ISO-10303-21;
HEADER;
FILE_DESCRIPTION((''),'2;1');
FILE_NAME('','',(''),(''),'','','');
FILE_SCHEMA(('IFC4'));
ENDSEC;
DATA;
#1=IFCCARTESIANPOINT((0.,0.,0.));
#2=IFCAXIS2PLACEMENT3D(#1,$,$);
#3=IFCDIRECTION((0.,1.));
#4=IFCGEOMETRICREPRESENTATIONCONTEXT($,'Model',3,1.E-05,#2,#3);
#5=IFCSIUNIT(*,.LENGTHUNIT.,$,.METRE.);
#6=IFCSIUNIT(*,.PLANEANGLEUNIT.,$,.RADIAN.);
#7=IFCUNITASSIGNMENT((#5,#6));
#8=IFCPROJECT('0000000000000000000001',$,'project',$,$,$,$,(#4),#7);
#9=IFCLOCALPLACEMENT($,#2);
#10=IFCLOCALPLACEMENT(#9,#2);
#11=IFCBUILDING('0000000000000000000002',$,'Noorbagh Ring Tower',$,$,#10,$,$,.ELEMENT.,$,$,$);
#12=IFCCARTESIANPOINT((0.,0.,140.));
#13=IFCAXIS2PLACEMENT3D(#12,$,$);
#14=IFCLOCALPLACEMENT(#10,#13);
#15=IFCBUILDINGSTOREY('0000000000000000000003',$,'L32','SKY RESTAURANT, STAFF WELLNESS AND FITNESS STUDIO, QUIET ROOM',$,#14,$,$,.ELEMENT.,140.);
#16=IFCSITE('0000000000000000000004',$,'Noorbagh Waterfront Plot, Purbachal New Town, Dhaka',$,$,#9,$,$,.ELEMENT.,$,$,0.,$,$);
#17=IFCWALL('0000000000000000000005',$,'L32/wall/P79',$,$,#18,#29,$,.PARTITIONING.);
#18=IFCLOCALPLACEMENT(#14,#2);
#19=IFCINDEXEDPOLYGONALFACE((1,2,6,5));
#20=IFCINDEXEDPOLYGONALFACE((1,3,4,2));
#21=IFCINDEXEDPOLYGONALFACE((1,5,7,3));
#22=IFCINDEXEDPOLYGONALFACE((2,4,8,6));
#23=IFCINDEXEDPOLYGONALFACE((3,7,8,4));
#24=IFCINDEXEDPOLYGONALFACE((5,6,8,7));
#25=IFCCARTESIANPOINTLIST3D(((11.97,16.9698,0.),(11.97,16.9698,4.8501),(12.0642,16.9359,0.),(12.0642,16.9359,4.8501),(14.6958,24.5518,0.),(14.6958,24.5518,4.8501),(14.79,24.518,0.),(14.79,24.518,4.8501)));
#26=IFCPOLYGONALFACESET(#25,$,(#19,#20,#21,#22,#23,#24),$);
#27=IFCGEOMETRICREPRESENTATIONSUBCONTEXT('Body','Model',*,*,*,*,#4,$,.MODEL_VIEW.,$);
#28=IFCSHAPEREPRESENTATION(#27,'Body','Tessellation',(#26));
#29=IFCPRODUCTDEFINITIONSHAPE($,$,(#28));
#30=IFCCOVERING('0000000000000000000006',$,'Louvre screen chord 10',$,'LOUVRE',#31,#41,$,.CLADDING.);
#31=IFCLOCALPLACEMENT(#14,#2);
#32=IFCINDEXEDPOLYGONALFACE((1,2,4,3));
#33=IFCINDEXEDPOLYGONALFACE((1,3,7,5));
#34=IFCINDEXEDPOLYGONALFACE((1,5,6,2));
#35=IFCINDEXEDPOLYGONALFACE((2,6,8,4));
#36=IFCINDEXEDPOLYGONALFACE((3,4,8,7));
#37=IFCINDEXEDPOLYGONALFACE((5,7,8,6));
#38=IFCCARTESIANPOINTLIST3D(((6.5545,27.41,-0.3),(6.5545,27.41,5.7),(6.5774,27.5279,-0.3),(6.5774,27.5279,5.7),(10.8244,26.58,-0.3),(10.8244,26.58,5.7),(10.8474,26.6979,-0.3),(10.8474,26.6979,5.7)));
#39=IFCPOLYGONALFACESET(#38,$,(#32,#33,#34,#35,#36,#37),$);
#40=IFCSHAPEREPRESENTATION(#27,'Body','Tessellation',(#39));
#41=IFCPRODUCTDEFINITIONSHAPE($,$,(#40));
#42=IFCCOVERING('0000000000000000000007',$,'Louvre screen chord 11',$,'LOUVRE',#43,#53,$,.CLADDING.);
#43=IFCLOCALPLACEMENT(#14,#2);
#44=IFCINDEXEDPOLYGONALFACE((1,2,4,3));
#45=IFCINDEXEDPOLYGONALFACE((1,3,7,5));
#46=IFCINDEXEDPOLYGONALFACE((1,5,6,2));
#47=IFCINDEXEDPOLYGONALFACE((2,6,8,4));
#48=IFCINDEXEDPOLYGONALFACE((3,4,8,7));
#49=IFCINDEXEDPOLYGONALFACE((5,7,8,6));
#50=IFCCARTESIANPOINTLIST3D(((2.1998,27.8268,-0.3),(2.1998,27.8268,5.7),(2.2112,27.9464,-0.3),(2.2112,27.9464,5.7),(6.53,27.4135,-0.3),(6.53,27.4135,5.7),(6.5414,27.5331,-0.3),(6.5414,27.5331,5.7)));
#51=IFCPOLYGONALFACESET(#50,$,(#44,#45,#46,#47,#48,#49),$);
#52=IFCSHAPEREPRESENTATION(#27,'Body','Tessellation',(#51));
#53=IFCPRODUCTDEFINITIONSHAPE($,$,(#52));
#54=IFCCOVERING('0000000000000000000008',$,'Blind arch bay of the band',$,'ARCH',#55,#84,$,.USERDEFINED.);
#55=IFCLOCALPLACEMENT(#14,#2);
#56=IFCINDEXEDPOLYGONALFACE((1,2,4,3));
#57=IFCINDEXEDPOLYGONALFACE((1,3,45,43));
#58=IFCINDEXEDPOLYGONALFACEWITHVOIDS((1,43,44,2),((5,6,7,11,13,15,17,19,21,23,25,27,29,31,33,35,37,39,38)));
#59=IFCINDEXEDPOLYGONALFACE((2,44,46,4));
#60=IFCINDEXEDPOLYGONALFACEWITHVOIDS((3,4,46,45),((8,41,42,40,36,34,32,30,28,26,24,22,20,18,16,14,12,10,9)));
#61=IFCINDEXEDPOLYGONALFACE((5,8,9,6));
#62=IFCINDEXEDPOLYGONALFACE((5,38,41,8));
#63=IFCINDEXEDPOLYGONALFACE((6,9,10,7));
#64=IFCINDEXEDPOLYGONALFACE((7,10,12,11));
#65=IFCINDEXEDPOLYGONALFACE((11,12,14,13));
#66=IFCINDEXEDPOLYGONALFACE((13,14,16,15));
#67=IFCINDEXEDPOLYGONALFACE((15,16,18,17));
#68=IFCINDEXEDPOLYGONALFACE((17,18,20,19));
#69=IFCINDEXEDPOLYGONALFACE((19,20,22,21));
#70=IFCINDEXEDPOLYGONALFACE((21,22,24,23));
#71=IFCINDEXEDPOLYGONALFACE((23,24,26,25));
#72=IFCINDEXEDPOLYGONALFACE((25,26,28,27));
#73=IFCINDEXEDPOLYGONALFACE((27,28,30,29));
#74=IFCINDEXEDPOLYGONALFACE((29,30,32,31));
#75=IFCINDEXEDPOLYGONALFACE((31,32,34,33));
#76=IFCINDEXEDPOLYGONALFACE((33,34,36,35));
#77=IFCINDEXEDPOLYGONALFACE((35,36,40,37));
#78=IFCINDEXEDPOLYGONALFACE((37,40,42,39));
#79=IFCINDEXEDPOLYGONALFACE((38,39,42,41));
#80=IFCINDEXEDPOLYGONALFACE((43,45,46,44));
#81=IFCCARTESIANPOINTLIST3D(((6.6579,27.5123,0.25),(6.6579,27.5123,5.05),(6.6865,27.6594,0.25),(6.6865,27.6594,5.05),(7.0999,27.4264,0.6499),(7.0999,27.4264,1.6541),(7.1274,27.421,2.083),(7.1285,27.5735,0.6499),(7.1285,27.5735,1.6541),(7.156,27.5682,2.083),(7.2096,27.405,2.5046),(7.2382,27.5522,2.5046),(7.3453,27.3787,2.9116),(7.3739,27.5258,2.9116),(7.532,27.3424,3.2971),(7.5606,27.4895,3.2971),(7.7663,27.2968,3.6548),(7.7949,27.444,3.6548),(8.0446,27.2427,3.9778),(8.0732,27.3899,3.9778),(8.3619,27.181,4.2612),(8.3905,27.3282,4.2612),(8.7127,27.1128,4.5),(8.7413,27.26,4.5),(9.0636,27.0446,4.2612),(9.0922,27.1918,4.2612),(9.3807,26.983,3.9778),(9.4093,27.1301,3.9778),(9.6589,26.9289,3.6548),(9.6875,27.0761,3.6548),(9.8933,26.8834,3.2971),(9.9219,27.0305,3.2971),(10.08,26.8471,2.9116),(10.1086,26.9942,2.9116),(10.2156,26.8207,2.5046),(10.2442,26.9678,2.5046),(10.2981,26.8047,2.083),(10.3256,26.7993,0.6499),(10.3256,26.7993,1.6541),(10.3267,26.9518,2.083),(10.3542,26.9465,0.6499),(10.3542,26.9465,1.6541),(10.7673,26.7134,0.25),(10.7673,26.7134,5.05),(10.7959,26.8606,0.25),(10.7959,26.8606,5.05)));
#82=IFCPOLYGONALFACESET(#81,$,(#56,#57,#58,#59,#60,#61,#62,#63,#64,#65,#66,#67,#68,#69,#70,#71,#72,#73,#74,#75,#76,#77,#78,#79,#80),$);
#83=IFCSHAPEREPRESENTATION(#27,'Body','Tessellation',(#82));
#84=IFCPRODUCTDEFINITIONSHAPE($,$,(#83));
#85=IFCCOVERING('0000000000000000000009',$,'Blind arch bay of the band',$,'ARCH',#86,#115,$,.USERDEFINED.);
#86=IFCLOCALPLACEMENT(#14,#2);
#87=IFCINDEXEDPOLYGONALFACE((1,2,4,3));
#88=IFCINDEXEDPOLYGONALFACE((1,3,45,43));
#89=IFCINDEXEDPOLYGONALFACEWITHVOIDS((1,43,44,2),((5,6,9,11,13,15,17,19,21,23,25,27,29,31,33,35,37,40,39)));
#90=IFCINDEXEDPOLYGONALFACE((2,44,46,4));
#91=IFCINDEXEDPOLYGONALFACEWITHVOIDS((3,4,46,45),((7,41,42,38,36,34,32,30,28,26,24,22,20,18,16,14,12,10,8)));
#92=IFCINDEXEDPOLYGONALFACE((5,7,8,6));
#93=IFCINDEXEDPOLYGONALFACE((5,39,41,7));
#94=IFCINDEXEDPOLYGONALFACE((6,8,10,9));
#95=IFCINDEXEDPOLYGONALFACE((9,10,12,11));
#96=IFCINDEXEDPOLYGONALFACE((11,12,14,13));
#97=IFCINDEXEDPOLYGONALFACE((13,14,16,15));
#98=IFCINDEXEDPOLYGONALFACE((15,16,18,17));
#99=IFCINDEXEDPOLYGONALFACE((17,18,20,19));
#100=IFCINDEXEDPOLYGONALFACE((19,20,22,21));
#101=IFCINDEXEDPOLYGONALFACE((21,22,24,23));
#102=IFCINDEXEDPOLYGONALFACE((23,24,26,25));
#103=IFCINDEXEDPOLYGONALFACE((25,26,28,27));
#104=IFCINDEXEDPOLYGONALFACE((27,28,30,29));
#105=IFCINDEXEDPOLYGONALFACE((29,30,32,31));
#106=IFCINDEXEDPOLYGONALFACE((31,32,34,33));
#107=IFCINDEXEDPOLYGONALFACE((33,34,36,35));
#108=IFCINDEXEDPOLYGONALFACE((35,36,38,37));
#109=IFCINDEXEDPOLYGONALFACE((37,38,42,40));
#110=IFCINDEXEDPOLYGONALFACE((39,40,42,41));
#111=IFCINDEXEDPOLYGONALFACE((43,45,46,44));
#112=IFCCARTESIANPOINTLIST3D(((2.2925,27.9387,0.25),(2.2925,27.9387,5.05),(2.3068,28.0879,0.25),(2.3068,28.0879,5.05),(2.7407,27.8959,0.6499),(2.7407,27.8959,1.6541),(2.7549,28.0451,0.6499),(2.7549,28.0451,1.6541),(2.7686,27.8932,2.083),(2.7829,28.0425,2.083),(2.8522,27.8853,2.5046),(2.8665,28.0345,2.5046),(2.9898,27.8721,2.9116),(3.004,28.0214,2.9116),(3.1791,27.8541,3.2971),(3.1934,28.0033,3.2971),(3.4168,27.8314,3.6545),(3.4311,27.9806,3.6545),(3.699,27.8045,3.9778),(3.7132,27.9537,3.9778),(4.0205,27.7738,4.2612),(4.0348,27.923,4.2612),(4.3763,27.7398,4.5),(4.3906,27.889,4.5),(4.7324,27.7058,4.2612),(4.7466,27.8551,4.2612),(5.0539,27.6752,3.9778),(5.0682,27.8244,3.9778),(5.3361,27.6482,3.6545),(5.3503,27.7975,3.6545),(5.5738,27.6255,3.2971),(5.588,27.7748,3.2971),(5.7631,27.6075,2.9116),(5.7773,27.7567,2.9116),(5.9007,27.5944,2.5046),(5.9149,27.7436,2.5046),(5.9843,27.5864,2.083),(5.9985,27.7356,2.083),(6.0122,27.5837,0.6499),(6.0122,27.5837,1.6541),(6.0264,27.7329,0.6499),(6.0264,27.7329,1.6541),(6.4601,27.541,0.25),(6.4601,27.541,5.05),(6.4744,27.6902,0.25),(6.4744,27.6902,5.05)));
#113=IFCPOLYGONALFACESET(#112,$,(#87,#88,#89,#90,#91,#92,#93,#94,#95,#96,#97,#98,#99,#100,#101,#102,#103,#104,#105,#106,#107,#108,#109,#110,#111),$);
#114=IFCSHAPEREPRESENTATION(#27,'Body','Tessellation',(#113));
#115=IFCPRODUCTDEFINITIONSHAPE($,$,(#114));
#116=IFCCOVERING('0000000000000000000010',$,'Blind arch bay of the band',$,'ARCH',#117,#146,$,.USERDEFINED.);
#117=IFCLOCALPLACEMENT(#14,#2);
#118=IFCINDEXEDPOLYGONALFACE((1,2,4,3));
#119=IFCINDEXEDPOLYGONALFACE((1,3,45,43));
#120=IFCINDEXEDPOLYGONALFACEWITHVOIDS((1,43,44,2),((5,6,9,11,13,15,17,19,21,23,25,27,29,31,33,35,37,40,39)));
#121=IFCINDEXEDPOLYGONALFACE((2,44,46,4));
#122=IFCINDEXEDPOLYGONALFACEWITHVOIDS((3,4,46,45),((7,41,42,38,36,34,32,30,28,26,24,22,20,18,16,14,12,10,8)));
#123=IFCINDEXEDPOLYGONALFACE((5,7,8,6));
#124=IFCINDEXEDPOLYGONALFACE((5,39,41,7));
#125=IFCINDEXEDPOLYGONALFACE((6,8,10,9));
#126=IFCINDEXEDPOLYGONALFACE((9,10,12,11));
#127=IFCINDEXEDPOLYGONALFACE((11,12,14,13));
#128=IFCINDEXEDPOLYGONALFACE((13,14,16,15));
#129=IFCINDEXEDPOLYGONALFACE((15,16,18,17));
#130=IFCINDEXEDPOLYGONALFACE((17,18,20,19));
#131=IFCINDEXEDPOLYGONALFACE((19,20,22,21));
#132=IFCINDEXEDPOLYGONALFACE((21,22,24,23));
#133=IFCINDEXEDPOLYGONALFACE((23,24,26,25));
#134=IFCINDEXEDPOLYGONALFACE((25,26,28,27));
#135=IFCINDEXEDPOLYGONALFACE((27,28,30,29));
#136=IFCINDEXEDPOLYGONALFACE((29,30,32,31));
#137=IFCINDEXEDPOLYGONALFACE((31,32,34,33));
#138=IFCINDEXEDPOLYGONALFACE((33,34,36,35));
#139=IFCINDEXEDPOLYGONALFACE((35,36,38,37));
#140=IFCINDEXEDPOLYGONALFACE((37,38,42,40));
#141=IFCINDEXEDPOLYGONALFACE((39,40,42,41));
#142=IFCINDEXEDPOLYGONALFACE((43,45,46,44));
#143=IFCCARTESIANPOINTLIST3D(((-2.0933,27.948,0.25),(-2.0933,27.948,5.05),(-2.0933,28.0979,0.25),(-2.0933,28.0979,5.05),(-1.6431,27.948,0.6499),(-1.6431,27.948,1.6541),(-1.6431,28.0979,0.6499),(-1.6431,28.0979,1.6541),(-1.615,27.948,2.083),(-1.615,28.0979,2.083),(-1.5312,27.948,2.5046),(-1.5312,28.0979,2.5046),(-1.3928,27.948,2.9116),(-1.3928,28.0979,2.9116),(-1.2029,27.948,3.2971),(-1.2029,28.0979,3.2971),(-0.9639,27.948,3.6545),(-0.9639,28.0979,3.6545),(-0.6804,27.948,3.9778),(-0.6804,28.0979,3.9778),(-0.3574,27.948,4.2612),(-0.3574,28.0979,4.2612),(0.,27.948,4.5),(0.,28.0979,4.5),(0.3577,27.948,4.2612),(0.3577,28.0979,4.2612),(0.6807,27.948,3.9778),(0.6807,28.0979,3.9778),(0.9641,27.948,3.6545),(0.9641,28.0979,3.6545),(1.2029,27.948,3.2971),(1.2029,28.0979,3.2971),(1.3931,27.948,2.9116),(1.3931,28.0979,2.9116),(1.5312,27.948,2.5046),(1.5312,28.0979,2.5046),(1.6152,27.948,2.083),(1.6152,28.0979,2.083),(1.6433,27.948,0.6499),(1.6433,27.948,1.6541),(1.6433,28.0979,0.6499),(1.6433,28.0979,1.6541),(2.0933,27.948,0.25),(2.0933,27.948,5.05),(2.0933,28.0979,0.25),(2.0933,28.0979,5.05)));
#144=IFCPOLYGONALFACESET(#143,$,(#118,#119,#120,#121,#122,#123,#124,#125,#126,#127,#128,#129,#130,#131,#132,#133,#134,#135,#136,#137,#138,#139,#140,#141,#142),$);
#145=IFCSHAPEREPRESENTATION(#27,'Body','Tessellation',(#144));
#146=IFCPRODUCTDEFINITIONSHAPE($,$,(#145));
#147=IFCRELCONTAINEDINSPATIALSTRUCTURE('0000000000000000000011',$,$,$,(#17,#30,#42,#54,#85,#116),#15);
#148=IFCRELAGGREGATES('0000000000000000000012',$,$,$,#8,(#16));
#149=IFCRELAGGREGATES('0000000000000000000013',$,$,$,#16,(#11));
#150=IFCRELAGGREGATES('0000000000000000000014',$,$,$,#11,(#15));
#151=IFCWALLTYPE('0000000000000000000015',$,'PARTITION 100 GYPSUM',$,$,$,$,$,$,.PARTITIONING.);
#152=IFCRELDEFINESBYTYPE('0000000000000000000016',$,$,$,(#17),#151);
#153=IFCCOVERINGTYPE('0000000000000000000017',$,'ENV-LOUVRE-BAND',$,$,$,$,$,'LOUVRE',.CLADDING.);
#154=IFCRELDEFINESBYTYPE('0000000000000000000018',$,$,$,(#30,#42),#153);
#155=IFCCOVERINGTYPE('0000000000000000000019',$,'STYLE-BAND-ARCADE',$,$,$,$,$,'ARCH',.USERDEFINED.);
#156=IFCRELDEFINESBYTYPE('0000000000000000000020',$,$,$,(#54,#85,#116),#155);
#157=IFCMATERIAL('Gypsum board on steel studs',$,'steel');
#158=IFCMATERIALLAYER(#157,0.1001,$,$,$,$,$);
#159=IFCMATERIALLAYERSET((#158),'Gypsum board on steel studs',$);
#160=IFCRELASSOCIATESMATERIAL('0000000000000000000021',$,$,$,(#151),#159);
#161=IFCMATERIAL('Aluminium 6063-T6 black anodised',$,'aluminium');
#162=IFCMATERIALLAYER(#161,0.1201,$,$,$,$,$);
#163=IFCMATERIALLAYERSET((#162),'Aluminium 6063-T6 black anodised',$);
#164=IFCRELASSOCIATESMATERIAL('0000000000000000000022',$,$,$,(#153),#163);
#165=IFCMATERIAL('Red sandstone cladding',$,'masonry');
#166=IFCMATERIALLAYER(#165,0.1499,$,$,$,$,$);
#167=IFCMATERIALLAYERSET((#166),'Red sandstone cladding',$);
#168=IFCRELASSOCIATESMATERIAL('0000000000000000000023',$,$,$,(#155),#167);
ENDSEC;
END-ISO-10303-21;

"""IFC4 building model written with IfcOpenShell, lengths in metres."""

from ifc_helpers import new_model, si_unit, direction, frame, frame_2d, origin, origin_2d, place, context, subcontext, project, spatial, polyline, rectangle, outline, extrude, material, layer, layer_set, type_object, element, save


model = new_model("IFC4")

# Units and contexts
model_context = context("Model", 3, precision=1e-05, world=origin(), true_north=direction((0.0, 1.0)))
body_context = subcontext(model_context, "Body", "Model", "MODEL_VIEW")
ifc_project = project(units=[si_unit("LENGTHUNIT", "METRE"), si_unit("PLANEANGLEUNIT", "RADIAN")], contexts=[model_context])

# Site, building, storey
site_placement = place(None, origin())
site = spatial("IfcSite", under=ifc_project, at=site_placement, Name="Noorbagh Waterfront Plot, Purbachal New Town, Dhaka", CompositionType="ELEMENT", RefElevation=0.0)
building_placement = place(site_placement, origin())
building = spatial("IfcBuilding", under=site, at=building_placement, Name="Noorbagh Ring Tower", CompositionType="ELEMENT")
storey_placement = place(building_placement, frame((0.0, 0.0, 140.0)))
storey = spatial("IfcBuildingStorey", under=building, at=storey_placement, Name="L32", Description="SKY RESTAURANT, STAFF WELLNESS AND FITNESS STUDIO, QUIET ROOM", CompositionType="ELEMENT", Elevation=140.0)

# Wall
ifc_material_1 = material(Name="Gypsum board on steel studs", Category="steel")
ifc_layer_1 = layer(ifc_material_1, 0.1001)
ifc_layer_set_1 = layer_set([ifc_layer_1], Name="Gypsum board on steel studs")
wall_type_1 = type_object("IfcWallType", Name="PARTITION 100 GYPSUM", PredefinedType="PARTITIONING", material=ifc_layer_set_1)
wall_1_placement = place(storey_placement, frame((12.0171, 16.9529, 0.0), z_axis=(0.0, 0.0, 1.0), x_axis=(0.338313, 0.941034, 0.0)))
element("IfcWall", 1, at=wall_1_placement, inside=storey, type_object=wall_type_1, Name="L32/wall/P79", PredefinedType="PARTITIONING", context=body_context, shape_type="SweptSolid", body=[
    extrude(rectangle(XDim=8.0571, YDim=0.1001, at=frame_2d((4.0286, 0.0))), origin(), (0.0, 0.0, 1.0), 4.8501),
])

# Coverings
ifc_material_2 = material(Name="Aluminium 6063-T6 black anodised", Category="aluminium")
ifc_layer_2 = layer(ifc_material_2, 0.1201)
ifc_layer_set_2 = layer_set([ifc_layer_2], Name="Aluminium 6063-T6 black anodised")
covering_type_1 = type_object("IfcCoveringType", Name="ENV-LOUVRE-BAND", ElementType="LOUVRE", PredefinedType="CLADDING", material=ifc_layer_set_2)
for number, where, z_axis, x_axis, name in (
    (2, (8.7009, 27.054, -0.3), (0.0, 0.0, 1.0), (-0.981625, 0.19082, 0.0), "Louvre screen chord 10"),
    (3, (4.3706, 27.6799, -0.3), (0.0, 0.0, 1.0), (-0.995476, 0.095008, 0.0), "Louvre screen chord 11"),
):
    element("IfcCovering", number, at=place(storey_placement, frame(where, z_axis=z_axis, x_axis=x_axis)), inside=storey, type_object=covering_type_1, Name=name, ObjectType="LOUVRE", PredefinedType="CLADDING", context=body_context, shape_type="SweptSolid", body=[
        extrude(rectangle(XDim=4.3499, YDim=0.1201, at=origin_2d()), origin(), (0.0, 0.0, 1.0), 6.0),
    ])
ifc_material_3 = material(Name="Red sandstone cladding", Category="masonry")
ifc_layer_3 = layer(ifc_material_3, 0.1499)
ifc_layer_set_3 = layer_set([ifc_layer_3], Name="Red sandstone cladding")
covering_type_2 = type_object("IfcCoveringType", Name="STYLE-BAND-ARCADE", ElementType="ARCH", PredefinedType="USERDEFINED", material=ifc_layer_set_3)
covering_1_placement = place(storey_placement, frame((10.7959, 26.8606, 0.25), z_axis=(0.19082, 0.981625, 0.0), x_axis=(-0.981625, 0.19082, 0.0)))
element("IfcCovering", 4, at=covering_1_placement, inside=storey, type_object=covering_type_2, Name="Blind arch bay of the band", ObjectType="ARCH", PredefinedType="USERDEFINED", context=body_context, shape_type="SweptSolid", body=[
    extrude(outline(polyline([(0.0, 0.0), (4.1863, 0.0), (4.1863, 4.8), (0.0, 4.8), (0.0, 0.0)]), holes=[polyline([(0.45, 0.3999), (0.45, 1.4041), (0.478, 1.833), (0.562, 2.2546), (0.7002, 2.6616), (0.8904, 3.0471), (1.1292, 3.4048), (1.4126, 3.7278), (1.7356, 4.0112), (2.093, 4.25), (2.4504, 4.0112), (2.7737, 3.7278), (3.0571, 3.4048), (3.2959, 3.0471), (3.4861, 2.6616), (3.6243, 2.2546), (3.708, 1.833), (3.7361, 1.4041), (3.7361, 0.3999), (0.45, 0.3999)])]), origin(), (0.0, 0.0, -1.0), 0.1499),
])
covering_2_placement = place(storey_placement, frame((6.4744, 27.6902, 0.25), z_axis=(0.094999, 0.995477, 0.0), x_axis=(-0.995477, 0.094999, 0.0)))
element("IfcCovering", 5, at=covering_2_placement, inside=storey, type_object=covering_type_2, Name="Blind arch bay of the band", ObjectType="ARCH", PredefinedType="USERDEFINED", context=body_context, shape_type="SweptSolid", body=[
    extrude(outline(polyline([(0.0, 0.0), (4.1865, 0.0), (4.1865, 4.8), (0.0, 4.8), (0.0, 0.0)]), holes=[polyline([(0.45, 0.3999), (0.45, 1.4041), (0.478, 1.833), (0.562, 2.2546), (0.7002, 2.6616), (0.8904, 3.0471), (1.1292, 3.4045), (1.4126, 3.7278), (1.7356, 4.0112), (2.0933, 4.25), (2.4507, 4.0112), (2.7737, 3.7278), (3.0571, 3.4045), (3.2959, 3.0471), (3.4861, 2.6616), (3.6243, 2.2546), (3.7083, 1.833), (3.7363, 1.4041), (3.7363, 0.3999), (0.45, 0.3999)])]), origin(), (0.0, 0.0, -1.0), 0.1499),
])
covering_3_placement = place(storey_placement, frame((2.0933, 28.0979, 0.25), z_axis=(0.0, 1.0, 0.0), x_axis=(-1.0, 0.0, 0.0)))
element("IfcCovering", 6, at=covering_3_placement, inside=storey, type_object=covering_type_2, Name="Blind arch bay of the band", ObjectType="ARCH", PredefinedType="USERDEFINED", context=body_context, shape_type="SweptSolid", body=[
    extrude(outline(polyline([(0.0, 0.0), (4.1865, 0.0), (4.1865, 4.8), (0.0, 4.8), (0.0, 0.0)]), holes=[polyline([(0.45, 0.3999), (0.45, 1.4041), (0.478, 1.833), (0.562, 2.2546), (0.7002, 2.6616), (0.8904, 3.0471), (1.1292, 3.4045), (1.4126, 3.7278), (1.7356, 4.0112), (2.0933, 4.25), (2.4507, 4.0112), (2.7737, 3.7278), (3.0571, 3.4045), (3.2961, 3.0471), (3.4861, 2.6616), (3.6245, 2.2546), (3.7083, 1.833), (3.7363, 1.4041), (3.7363, 0.3999), (0.45, 0.3999)])]), origin(), (0.0, 0.0, -1.0), 0.1499),
])

save(model, "model.ifc")
